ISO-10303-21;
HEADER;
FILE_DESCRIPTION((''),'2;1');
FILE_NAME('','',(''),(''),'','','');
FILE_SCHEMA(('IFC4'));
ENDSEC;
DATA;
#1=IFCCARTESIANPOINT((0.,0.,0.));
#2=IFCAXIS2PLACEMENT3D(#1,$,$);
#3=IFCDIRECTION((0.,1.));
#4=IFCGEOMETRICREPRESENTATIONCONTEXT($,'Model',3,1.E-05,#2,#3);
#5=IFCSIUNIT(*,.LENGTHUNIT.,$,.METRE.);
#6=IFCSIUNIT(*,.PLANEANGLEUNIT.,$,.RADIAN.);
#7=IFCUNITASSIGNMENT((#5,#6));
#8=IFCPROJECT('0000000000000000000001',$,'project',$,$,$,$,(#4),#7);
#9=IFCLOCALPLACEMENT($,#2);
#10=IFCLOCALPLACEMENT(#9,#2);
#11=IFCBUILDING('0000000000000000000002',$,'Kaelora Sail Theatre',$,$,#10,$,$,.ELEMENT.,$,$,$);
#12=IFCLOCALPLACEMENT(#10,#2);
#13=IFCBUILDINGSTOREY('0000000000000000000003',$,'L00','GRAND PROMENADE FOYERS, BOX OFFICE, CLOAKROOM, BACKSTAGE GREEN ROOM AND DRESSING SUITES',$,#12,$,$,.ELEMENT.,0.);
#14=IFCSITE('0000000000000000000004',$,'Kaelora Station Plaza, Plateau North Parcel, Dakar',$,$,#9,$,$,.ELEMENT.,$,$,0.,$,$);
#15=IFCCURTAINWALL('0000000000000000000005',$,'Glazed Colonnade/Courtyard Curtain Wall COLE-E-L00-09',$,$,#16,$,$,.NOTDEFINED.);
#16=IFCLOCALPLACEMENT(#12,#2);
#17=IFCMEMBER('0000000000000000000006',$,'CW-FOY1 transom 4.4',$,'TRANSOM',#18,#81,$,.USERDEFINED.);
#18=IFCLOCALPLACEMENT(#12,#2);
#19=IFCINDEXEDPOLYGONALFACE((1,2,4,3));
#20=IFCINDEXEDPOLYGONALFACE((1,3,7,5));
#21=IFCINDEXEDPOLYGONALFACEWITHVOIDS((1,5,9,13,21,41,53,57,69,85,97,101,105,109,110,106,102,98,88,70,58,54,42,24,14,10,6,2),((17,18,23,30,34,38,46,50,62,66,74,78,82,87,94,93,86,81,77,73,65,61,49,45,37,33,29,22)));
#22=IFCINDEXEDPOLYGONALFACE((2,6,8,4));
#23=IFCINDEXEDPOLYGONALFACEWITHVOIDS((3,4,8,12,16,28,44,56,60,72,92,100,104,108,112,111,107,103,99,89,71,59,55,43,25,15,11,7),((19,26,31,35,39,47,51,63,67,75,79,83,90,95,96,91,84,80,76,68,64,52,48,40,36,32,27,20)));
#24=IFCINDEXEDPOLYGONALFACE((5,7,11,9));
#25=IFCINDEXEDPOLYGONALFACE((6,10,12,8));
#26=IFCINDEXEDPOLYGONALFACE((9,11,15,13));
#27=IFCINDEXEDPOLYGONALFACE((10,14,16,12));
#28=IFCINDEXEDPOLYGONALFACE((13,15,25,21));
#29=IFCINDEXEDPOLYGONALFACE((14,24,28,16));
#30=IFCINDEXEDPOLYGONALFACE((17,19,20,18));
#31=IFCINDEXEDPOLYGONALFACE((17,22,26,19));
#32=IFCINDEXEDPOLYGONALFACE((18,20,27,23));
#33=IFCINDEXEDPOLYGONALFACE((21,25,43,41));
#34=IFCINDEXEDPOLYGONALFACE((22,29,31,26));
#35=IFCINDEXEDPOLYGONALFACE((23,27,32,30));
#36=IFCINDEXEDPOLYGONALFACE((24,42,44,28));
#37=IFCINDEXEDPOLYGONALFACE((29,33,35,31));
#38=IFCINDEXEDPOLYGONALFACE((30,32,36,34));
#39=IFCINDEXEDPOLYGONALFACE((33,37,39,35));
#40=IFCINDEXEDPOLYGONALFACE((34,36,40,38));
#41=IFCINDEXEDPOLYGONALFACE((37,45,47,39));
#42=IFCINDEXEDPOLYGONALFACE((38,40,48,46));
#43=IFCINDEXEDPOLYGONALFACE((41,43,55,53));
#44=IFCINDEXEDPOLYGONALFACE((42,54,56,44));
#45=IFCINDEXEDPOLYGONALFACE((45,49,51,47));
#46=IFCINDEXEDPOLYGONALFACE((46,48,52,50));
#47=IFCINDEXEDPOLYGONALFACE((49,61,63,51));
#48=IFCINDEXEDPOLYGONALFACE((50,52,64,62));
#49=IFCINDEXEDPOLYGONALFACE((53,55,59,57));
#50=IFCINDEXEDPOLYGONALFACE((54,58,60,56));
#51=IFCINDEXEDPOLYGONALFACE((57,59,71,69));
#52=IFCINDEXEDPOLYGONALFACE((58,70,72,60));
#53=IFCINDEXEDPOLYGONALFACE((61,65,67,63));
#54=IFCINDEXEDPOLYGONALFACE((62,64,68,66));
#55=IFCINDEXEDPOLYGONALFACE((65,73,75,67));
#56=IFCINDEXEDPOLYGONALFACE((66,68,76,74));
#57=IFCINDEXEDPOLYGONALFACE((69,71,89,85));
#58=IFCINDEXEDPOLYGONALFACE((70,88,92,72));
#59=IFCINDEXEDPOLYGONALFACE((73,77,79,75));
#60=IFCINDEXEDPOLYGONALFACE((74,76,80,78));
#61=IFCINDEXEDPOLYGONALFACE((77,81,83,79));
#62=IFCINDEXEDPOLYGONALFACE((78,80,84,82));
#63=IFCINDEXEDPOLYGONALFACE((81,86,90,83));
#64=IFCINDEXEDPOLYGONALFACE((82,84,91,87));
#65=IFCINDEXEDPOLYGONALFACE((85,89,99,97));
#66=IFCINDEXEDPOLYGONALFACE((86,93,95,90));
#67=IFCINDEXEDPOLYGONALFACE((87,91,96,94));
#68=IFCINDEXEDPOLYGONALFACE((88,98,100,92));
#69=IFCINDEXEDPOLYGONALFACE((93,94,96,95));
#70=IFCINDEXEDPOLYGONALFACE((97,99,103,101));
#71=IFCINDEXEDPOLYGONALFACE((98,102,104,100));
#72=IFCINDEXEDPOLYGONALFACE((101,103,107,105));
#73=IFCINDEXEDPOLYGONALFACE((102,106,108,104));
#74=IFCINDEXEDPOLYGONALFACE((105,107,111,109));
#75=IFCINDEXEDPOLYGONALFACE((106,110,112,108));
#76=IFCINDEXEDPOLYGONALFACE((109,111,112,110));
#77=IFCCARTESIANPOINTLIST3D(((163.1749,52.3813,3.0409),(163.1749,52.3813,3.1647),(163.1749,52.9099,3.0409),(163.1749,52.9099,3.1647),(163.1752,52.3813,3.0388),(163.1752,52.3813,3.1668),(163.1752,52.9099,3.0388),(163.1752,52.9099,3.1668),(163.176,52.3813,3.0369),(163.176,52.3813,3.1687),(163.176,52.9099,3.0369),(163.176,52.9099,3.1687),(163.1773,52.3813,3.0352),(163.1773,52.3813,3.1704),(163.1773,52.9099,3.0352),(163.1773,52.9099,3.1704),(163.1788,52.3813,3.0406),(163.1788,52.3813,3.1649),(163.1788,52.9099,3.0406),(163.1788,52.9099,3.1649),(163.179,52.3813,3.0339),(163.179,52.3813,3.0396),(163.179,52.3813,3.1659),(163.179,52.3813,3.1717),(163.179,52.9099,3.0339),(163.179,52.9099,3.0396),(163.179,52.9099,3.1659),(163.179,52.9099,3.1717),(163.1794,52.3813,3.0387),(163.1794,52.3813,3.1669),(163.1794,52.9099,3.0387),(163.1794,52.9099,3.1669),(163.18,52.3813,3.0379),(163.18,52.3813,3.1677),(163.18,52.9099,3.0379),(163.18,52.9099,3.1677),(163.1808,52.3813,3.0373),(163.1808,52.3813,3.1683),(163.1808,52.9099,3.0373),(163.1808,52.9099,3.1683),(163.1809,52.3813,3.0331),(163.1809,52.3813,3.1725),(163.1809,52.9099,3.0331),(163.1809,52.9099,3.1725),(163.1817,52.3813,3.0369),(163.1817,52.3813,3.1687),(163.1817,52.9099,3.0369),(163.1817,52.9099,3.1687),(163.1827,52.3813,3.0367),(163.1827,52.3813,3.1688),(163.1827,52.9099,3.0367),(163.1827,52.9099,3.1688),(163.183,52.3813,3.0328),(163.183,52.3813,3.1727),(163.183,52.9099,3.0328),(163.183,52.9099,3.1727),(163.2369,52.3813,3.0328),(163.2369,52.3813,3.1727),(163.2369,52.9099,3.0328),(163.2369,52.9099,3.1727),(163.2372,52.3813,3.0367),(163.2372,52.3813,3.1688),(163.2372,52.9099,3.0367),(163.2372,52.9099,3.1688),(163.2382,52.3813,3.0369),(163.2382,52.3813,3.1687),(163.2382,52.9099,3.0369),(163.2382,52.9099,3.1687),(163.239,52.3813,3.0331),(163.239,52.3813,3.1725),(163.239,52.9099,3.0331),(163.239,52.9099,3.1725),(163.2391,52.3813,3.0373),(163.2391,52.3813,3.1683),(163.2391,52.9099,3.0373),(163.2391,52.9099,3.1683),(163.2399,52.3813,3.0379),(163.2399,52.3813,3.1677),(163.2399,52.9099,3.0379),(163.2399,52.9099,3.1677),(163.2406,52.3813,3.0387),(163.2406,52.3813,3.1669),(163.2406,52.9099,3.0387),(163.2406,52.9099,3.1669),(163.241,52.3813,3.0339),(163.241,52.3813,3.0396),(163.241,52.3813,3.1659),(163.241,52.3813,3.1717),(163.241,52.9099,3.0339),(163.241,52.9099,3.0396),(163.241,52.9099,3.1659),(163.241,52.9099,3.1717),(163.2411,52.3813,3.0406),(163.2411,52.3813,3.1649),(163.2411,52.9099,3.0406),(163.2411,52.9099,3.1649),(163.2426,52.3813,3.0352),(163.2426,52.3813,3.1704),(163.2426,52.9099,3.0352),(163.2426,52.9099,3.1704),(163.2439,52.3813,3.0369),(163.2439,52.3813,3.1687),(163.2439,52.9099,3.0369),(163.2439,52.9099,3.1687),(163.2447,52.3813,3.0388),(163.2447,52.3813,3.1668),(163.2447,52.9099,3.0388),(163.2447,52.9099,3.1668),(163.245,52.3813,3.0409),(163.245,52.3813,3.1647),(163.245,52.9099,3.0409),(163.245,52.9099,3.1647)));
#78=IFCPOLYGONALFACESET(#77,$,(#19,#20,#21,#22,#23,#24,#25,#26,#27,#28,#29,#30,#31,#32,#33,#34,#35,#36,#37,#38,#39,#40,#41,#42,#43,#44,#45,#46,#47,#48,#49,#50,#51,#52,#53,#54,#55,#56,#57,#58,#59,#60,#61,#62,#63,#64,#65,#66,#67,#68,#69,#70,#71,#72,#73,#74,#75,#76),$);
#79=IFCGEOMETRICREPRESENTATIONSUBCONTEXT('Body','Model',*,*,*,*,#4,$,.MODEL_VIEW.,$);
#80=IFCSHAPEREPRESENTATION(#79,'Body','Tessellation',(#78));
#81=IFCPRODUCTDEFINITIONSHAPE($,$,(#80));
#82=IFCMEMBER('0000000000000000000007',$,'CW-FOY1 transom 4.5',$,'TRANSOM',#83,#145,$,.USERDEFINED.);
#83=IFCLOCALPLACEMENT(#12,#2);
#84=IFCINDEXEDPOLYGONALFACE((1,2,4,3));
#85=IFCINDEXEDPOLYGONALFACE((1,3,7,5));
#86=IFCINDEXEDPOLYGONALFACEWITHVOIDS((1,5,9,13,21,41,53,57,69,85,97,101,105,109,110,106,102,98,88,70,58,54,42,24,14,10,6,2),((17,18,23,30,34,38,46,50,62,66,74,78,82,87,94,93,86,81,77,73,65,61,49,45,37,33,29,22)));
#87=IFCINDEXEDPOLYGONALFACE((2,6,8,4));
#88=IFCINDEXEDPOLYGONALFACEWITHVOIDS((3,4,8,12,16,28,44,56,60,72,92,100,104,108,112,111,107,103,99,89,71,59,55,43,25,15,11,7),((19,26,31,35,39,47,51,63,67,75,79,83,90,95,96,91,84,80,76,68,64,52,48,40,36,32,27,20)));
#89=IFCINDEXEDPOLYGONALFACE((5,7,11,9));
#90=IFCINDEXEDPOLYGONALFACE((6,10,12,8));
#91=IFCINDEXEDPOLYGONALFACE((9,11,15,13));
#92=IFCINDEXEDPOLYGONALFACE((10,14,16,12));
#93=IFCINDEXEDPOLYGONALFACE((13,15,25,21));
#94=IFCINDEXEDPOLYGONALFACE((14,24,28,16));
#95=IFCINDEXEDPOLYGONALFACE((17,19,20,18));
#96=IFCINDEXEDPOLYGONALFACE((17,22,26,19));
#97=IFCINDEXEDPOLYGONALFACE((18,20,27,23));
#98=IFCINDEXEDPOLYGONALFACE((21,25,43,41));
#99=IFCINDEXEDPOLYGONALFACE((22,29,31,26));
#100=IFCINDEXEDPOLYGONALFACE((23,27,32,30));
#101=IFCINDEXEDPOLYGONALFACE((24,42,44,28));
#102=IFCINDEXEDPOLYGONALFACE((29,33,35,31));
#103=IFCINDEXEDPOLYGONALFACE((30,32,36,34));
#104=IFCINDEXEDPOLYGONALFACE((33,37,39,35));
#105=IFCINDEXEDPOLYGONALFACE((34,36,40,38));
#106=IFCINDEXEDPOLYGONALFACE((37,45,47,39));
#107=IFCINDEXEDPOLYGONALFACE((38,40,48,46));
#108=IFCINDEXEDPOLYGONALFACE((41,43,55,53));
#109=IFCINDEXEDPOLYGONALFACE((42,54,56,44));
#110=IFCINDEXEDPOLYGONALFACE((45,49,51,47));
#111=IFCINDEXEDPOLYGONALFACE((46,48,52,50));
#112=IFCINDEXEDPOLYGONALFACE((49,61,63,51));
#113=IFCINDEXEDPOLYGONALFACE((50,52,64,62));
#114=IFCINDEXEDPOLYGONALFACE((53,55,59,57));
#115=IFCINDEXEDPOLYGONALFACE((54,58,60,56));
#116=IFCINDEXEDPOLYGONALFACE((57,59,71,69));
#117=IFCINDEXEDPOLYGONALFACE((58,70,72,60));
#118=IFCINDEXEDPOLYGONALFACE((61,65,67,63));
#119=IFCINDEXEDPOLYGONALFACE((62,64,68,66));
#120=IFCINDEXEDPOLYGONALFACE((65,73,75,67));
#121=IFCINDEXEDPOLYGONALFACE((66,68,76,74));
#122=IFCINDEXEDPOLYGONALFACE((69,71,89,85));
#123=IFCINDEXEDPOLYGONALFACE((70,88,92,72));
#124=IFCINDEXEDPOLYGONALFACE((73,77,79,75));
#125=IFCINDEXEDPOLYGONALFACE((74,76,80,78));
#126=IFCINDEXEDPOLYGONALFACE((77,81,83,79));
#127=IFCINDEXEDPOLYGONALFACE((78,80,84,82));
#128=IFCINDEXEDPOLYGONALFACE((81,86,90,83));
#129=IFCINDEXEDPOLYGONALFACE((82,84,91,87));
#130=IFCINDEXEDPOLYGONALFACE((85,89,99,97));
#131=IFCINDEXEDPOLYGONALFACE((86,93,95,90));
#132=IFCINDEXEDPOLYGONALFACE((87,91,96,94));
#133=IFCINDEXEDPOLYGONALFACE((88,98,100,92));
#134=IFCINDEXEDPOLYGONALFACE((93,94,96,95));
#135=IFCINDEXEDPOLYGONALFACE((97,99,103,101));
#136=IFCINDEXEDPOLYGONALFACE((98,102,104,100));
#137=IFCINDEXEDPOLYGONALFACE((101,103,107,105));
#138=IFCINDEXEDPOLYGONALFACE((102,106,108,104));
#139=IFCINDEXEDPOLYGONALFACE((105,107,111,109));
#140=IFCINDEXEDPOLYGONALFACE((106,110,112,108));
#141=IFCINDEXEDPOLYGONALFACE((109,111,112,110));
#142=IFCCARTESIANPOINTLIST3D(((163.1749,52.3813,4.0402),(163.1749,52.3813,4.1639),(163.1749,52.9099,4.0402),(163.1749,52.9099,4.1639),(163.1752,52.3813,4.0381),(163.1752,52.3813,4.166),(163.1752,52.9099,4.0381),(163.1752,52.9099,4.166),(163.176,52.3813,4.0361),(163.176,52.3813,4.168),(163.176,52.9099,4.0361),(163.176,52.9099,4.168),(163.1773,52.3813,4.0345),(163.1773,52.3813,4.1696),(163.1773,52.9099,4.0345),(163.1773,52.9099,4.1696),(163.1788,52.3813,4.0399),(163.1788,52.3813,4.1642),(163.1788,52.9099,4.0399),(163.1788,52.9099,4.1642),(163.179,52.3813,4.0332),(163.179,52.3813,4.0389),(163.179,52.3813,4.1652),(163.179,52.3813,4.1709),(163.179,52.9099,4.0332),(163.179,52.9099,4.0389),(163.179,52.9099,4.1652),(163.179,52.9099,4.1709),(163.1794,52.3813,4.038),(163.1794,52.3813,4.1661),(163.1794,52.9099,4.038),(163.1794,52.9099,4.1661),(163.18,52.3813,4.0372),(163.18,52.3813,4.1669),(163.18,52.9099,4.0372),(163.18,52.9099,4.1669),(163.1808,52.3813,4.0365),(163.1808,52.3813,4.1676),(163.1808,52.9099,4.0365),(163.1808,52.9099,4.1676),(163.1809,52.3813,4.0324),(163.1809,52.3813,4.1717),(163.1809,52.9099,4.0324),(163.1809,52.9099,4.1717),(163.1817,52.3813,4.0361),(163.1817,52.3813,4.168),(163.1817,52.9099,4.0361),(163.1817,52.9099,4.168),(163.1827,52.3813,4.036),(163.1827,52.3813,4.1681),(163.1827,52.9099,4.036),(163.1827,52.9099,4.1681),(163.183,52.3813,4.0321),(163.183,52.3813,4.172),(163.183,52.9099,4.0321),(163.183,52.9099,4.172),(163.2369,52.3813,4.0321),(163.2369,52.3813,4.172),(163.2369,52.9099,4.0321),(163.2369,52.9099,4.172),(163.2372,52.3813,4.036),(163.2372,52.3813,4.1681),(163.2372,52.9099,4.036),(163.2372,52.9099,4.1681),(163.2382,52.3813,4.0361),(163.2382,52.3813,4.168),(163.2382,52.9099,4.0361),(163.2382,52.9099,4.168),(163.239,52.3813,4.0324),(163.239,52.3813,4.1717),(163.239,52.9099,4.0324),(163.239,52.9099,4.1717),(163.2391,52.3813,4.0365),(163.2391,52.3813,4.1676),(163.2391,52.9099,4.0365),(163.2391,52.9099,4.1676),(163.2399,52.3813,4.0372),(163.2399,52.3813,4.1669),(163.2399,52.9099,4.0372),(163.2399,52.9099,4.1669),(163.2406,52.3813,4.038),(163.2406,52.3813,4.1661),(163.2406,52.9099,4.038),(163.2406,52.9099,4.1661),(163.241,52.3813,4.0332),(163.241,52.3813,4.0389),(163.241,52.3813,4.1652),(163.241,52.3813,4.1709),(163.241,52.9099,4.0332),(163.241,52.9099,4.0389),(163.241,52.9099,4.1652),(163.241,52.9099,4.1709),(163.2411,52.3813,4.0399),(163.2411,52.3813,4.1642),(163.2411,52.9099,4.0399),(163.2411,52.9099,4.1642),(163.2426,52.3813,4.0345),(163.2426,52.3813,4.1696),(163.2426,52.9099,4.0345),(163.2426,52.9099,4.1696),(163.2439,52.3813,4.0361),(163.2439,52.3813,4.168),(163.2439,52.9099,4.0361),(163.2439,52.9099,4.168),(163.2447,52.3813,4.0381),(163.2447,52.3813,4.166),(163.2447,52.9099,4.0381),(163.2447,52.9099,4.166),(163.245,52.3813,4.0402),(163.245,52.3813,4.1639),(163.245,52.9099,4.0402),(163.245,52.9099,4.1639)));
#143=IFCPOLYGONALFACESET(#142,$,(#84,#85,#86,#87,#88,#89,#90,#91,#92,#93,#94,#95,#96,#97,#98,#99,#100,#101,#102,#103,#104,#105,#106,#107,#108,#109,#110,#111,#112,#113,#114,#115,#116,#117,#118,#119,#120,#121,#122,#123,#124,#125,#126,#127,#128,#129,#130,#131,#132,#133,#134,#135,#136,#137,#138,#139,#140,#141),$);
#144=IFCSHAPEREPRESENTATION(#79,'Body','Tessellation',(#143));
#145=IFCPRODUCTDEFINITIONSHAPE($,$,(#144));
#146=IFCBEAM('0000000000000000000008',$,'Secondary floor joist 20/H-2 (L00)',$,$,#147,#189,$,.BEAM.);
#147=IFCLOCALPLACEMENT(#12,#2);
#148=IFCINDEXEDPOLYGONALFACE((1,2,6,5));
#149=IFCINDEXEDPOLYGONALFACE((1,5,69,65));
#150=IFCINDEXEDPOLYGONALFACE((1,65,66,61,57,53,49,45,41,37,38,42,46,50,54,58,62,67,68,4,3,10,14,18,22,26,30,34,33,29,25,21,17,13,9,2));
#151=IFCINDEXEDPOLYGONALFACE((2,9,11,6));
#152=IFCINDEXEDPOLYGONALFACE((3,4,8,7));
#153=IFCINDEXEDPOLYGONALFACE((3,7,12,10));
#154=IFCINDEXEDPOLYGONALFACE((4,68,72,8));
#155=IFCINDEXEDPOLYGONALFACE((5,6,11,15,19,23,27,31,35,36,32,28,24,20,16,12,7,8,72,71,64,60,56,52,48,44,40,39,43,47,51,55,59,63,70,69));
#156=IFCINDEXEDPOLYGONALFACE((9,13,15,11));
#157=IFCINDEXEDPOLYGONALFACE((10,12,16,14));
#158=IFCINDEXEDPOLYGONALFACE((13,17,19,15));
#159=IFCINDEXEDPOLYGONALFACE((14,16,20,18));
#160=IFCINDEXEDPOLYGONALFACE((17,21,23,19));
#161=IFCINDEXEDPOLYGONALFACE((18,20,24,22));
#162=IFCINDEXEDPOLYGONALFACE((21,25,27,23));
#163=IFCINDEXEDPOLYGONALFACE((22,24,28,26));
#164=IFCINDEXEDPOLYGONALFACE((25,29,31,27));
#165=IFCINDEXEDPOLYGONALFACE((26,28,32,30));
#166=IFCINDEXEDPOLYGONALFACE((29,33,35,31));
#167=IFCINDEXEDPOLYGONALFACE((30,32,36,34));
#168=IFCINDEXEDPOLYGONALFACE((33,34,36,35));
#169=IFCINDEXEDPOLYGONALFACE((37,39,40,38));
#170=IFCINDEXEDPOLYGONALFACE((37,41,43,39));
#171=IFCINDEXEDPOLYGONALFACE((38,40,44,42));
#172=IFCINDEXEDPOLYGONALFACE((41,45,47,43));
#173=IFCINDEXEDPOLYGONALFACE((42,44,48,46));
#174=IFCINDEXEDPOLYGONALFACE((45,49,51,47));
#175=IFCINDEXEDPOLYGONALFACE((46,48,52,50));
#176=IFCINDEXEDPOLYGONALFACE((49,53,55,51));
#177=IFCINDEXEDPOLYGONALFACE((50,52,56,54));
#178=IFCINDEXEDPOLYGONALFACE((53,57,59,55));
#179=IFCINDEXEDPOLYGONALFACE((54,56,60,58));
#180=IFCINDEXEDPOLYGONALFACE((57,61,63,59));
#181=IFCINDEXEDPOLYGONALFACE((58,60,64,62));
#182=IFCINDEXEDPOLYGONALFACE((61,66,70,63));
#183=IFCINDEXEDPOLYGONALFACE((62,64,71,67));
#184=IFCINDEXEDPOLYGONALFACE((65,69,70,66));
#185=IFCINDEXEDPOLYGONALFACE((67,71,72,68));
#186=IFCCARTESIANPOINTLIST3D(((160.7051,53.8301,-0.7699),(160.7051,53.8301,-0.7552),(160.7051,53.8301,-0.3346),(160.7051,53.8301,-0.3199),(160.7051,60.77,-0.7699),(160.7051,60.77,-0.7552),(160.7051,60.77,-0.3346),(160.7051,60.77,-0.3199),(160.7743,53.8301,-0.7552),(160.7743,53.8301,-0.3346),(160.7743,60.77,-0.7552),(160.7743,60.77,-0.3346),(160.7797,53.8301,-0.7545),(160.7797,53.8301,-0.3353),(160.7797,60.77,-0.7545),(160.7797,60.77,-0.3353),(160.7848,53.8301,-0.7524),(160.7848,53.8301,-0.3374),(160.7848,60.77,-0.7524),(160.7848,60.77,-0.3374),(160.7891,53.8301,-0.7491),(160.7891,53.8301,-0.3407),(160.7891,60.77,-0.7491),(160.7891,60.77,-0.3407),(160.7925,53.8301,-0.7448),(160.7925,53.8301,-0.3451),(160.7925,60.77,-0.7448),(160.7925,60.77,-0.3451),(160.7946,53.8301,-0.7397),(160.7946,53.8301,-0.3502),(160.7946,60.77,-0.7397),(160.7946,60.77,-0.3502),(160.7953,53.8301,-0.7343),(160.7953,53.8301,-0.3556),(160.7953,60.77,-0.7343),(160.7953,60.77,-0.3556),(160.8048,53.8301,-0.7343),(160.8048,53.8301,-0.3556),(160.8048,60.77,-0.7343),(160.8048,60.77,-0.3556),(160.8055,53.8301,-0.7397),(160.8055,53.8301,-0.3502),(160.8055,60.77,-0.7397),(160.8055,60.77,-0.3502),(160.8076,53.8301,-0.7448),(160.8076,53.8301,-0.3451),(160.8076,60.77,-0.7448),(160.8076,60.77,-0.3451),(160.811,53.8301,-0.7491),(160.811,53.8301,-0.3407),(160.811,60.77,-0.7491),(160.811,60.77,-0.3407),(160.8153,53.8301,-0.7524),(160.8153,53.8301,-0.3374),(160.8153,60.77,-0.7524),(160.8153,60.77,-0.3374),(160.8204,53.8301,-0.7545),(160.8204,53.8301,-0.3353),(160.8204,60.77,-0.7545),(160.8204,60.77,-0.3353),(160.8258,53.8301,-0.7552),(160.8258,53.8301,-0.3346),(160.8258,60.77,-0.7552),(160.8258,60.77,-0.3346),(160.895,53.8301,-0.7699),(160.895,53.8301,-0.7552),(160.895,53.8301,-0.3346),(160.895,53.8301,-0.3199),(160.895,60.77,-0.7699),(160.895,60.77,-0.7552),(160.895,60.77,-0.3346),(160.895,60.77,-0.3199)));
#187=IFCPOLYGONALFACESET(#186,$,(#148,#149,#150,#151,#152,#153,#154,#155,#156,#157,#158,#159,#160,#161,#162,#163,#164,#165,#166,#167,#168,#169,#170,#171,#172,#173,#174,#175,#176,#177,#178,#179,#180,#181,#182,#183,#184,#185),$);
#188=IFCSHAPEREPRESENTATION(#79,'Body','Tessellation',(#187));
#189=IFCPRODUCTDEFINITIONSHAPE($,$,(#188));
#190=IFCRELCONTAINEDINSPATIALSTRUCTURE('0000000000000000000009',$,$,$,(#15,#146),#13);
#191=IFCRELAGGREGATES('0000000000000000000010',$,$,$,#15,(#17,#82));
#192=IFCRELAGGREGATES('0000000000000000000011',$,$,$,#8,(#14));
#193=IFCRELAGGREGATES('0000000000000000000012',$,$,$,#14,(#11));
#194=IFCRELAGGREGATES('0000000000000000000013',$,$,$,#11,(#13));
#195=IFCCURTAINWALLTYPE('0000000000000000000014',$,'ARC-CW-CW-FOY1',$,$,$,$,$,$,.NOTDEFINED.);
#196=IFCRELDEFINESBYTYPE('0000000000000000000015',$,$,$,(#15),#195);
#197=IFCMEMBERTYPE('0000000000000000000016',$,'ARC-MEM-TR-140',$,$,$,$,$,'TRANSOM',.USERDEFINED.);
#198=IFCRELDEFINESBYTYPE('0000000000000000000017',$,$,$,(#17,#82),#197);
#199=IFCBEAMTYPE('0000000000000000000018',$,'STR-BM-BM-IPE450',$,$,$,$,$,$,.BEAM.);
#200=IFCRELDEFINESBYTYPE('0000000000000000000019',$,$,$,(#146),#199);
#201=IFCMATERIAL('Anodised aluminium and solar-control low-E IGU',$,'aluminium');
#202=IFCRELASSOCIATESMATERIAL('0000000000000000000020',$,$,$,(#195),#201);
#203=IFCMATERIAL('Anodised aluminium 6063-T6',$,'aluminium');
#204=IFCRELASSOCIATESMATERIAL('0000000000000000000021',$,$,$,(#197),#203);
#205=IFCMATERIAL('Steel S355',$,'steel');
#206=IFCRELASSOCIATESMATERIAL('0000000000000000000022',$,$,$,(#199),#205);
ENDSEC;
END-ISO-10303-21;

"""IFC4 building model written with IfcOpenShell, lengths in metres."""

from ifc_helpers import new_model, si_unit, direction, frame, origin, origin_2d, place, context, subcontext, project, spatial, hollow_rectangle, i_section, extrude, material, material_profile, profile_set, type_object, element, aggregate, save


model = new_model("IFC4")

# Units and contexts
model_context = context("Model", 3, precision=1e-05, world=origin(), true_north=direction((0.0, 1.0)))
body_context = subcontext(model_context, "Body", "Model", "MODEL_VIEW")
ifc_project = project(units=[si_unit("LENGTHUNIT", "METRE"), si_unit("PLANEANGLEUNIT", "RADIAN")], contexts=[model_context])

# Site, building, storey
site_placement = place(None, origin())
site = spatial("IfcSite", under=ifc_project, at=site_placement, Name="Kaelora Station Plaza, Plateau North Parcel, Dakar", CompositionType="ELEMENT", RefElevation=0.0)
building_placement = place(site_placement, origin())
building = spatial("IfcBuilding", under=site, at=building_placement, Name="Kaelora Sail Theatre", CompositionType="ELEMENT")
storey_placement = place(building_placement, origin())
storey = spatial("IfcBuildingStorey", under=building, at=storey_placement, Name="L00", Description="GRAND PROMENADE FOYERS, BOX OFFICE, CLOAKROOM, BACKSTAGE GREEN ROOM AND DRESSING SUITES", CompositionType="ELEMENT", Elevation=0.0)

# Curtain wall, members
ifc_material_1 = material(Name="Anodised aluminium and solar-control low-E IGU", Category="aluminium")
curtain_wall_type = type_object("IfcCurtainWallType", Name="ARC-CW-CW-FOY1", PredefinedType="NOTDEFINED", material=ifc_material_1)
curtain_wall_placement = place(storey_placement, origin())
curtain_wall = element("IfcCurtainWall", 1, at=curtain_wall_placement, inside=storey, type_object=curtain_wall_type, Name="Glazed Colonnade/Courtyard Curtain Wall COLE-E-L00-09", PredefinedType="NOTDEFINED")
ifc_material_2 = material(Name="Anodised aluminium 6063-T6", Category="aluminium")
ifc_material_profile_1 = material_profile(ifc_material_2, hollow_rectangle(XDim=0.0701, YDim=0.1399, WallThickness=0.0039, InnerFilletRadius=0.0039, OuterFilletRadius=0.0081, at=origin_2d()), Name="ALU-TRAN 70x140x4")
ifc_profile_set_1 = profile_set([ifc_material_profile_1], Name="Anodised aluminium 6063-T6")
member_type_1 = type_object("IfcMemberType", Name="ARC-MEM-TR-140", ElementType="TRANSOM", PredefinedType="USERDEFINED", material=ifc_profile_set_1)
member_1_placement = place(storey_placement, frame((163.21, 52.3813, 3.1028), z_axis=(0.0, 1.0, 0.0), x_axis=(-1.0, 0.0, 0.0)))
member_1 = element("IfcMember", 2, at=member_1_placement, type_object=member_type_1, Name="CW-FOY1 transom 4.4", ObjectType="TRANSOM", PredefinedType="USERDEFINED", context=body_context, shape_type="SweptSolid", body=[
    extrude(hollow_rectangle(XDim=0.0701, YDim=0.1399, WallThickness=0.0039, InnerFilletRadius=0.0039, OuterFilletRadius=0.0081, at=origin_2d()), origin(), (0.0, 0.0, 1.0), 0.5286),
])
member_2_placement = place(storey_placement, frame((163.21, 52.3813, 4.1021), z_axis=(0.0, 1.0, 0.0), x_axis=(-1.0, 0.0, 0.0)))
member_2 = element("IfcMember", 3, at=member_2_placement, type_object=member_type_1, Name="CW-FOY1 transom 4.5", ObjectType="TRANSOM", PredefinedType="USERDEFINED", context=body_context, shape_type="SweptSolid", body=[
    extrude(hollow_rectangle(XDim=0.0701, YDim=0.1399, WallThickness=0.0039, InnerFilletRadius=0.0039, OuterFilletRadius=0.0081, at=origin_2d()), origin(), (0.0, 0.0, 1.0), 0.5286),
])

# Beam
ifc_material_3 = material(Name="Steel S355", Category="steel")
ifc_material_profile_2 = material_profile(ifc_material_3, i_section(OverallWidth=0.1899, OverallDepth=0.45, WebThickness=0.0095, FlangeThickness=0.0146, FilletRadius=0.021, at=origin_2d()), Name="IPE 450")
ifc_profile_set_2 = profile_set([ifc_material_profile_2], Name="Steel S355")
beam_type_1 = type_object("IfcBeamType", Name="STR-BM-BM-IPE450", PredefinedType="BEAM", material=ifc_profile_set_2)
beam_1_placement = place(storey_placement, frame((160.8, 53.8301, -0.5449), z_axis=(0.0, 1.0, 0.0), x_axis=(-1.0, 0.0, 0.0)))
element("IfcBeam", 4, at=beam_1_placement, inside=storey, type_object=beam_type_1, Name="Secondary floor joist 20/H-2 (L00)", PredefinedType="BEAM", context=body_context, shape_type="SweptSolid", body=[
    extrude(i_section(OverallWidth=0.1899, OverallDepth=0.45, WebThickness=0.0095, FlangeThickness=0.0146, FilletRadius=0.021, at=origin_2d()), origin(), (0.0, 0.0, 1.0), 6.9399),
])

aggregate(curtain_wall, [member_1, member_2])

save(model, "model.ifc")
